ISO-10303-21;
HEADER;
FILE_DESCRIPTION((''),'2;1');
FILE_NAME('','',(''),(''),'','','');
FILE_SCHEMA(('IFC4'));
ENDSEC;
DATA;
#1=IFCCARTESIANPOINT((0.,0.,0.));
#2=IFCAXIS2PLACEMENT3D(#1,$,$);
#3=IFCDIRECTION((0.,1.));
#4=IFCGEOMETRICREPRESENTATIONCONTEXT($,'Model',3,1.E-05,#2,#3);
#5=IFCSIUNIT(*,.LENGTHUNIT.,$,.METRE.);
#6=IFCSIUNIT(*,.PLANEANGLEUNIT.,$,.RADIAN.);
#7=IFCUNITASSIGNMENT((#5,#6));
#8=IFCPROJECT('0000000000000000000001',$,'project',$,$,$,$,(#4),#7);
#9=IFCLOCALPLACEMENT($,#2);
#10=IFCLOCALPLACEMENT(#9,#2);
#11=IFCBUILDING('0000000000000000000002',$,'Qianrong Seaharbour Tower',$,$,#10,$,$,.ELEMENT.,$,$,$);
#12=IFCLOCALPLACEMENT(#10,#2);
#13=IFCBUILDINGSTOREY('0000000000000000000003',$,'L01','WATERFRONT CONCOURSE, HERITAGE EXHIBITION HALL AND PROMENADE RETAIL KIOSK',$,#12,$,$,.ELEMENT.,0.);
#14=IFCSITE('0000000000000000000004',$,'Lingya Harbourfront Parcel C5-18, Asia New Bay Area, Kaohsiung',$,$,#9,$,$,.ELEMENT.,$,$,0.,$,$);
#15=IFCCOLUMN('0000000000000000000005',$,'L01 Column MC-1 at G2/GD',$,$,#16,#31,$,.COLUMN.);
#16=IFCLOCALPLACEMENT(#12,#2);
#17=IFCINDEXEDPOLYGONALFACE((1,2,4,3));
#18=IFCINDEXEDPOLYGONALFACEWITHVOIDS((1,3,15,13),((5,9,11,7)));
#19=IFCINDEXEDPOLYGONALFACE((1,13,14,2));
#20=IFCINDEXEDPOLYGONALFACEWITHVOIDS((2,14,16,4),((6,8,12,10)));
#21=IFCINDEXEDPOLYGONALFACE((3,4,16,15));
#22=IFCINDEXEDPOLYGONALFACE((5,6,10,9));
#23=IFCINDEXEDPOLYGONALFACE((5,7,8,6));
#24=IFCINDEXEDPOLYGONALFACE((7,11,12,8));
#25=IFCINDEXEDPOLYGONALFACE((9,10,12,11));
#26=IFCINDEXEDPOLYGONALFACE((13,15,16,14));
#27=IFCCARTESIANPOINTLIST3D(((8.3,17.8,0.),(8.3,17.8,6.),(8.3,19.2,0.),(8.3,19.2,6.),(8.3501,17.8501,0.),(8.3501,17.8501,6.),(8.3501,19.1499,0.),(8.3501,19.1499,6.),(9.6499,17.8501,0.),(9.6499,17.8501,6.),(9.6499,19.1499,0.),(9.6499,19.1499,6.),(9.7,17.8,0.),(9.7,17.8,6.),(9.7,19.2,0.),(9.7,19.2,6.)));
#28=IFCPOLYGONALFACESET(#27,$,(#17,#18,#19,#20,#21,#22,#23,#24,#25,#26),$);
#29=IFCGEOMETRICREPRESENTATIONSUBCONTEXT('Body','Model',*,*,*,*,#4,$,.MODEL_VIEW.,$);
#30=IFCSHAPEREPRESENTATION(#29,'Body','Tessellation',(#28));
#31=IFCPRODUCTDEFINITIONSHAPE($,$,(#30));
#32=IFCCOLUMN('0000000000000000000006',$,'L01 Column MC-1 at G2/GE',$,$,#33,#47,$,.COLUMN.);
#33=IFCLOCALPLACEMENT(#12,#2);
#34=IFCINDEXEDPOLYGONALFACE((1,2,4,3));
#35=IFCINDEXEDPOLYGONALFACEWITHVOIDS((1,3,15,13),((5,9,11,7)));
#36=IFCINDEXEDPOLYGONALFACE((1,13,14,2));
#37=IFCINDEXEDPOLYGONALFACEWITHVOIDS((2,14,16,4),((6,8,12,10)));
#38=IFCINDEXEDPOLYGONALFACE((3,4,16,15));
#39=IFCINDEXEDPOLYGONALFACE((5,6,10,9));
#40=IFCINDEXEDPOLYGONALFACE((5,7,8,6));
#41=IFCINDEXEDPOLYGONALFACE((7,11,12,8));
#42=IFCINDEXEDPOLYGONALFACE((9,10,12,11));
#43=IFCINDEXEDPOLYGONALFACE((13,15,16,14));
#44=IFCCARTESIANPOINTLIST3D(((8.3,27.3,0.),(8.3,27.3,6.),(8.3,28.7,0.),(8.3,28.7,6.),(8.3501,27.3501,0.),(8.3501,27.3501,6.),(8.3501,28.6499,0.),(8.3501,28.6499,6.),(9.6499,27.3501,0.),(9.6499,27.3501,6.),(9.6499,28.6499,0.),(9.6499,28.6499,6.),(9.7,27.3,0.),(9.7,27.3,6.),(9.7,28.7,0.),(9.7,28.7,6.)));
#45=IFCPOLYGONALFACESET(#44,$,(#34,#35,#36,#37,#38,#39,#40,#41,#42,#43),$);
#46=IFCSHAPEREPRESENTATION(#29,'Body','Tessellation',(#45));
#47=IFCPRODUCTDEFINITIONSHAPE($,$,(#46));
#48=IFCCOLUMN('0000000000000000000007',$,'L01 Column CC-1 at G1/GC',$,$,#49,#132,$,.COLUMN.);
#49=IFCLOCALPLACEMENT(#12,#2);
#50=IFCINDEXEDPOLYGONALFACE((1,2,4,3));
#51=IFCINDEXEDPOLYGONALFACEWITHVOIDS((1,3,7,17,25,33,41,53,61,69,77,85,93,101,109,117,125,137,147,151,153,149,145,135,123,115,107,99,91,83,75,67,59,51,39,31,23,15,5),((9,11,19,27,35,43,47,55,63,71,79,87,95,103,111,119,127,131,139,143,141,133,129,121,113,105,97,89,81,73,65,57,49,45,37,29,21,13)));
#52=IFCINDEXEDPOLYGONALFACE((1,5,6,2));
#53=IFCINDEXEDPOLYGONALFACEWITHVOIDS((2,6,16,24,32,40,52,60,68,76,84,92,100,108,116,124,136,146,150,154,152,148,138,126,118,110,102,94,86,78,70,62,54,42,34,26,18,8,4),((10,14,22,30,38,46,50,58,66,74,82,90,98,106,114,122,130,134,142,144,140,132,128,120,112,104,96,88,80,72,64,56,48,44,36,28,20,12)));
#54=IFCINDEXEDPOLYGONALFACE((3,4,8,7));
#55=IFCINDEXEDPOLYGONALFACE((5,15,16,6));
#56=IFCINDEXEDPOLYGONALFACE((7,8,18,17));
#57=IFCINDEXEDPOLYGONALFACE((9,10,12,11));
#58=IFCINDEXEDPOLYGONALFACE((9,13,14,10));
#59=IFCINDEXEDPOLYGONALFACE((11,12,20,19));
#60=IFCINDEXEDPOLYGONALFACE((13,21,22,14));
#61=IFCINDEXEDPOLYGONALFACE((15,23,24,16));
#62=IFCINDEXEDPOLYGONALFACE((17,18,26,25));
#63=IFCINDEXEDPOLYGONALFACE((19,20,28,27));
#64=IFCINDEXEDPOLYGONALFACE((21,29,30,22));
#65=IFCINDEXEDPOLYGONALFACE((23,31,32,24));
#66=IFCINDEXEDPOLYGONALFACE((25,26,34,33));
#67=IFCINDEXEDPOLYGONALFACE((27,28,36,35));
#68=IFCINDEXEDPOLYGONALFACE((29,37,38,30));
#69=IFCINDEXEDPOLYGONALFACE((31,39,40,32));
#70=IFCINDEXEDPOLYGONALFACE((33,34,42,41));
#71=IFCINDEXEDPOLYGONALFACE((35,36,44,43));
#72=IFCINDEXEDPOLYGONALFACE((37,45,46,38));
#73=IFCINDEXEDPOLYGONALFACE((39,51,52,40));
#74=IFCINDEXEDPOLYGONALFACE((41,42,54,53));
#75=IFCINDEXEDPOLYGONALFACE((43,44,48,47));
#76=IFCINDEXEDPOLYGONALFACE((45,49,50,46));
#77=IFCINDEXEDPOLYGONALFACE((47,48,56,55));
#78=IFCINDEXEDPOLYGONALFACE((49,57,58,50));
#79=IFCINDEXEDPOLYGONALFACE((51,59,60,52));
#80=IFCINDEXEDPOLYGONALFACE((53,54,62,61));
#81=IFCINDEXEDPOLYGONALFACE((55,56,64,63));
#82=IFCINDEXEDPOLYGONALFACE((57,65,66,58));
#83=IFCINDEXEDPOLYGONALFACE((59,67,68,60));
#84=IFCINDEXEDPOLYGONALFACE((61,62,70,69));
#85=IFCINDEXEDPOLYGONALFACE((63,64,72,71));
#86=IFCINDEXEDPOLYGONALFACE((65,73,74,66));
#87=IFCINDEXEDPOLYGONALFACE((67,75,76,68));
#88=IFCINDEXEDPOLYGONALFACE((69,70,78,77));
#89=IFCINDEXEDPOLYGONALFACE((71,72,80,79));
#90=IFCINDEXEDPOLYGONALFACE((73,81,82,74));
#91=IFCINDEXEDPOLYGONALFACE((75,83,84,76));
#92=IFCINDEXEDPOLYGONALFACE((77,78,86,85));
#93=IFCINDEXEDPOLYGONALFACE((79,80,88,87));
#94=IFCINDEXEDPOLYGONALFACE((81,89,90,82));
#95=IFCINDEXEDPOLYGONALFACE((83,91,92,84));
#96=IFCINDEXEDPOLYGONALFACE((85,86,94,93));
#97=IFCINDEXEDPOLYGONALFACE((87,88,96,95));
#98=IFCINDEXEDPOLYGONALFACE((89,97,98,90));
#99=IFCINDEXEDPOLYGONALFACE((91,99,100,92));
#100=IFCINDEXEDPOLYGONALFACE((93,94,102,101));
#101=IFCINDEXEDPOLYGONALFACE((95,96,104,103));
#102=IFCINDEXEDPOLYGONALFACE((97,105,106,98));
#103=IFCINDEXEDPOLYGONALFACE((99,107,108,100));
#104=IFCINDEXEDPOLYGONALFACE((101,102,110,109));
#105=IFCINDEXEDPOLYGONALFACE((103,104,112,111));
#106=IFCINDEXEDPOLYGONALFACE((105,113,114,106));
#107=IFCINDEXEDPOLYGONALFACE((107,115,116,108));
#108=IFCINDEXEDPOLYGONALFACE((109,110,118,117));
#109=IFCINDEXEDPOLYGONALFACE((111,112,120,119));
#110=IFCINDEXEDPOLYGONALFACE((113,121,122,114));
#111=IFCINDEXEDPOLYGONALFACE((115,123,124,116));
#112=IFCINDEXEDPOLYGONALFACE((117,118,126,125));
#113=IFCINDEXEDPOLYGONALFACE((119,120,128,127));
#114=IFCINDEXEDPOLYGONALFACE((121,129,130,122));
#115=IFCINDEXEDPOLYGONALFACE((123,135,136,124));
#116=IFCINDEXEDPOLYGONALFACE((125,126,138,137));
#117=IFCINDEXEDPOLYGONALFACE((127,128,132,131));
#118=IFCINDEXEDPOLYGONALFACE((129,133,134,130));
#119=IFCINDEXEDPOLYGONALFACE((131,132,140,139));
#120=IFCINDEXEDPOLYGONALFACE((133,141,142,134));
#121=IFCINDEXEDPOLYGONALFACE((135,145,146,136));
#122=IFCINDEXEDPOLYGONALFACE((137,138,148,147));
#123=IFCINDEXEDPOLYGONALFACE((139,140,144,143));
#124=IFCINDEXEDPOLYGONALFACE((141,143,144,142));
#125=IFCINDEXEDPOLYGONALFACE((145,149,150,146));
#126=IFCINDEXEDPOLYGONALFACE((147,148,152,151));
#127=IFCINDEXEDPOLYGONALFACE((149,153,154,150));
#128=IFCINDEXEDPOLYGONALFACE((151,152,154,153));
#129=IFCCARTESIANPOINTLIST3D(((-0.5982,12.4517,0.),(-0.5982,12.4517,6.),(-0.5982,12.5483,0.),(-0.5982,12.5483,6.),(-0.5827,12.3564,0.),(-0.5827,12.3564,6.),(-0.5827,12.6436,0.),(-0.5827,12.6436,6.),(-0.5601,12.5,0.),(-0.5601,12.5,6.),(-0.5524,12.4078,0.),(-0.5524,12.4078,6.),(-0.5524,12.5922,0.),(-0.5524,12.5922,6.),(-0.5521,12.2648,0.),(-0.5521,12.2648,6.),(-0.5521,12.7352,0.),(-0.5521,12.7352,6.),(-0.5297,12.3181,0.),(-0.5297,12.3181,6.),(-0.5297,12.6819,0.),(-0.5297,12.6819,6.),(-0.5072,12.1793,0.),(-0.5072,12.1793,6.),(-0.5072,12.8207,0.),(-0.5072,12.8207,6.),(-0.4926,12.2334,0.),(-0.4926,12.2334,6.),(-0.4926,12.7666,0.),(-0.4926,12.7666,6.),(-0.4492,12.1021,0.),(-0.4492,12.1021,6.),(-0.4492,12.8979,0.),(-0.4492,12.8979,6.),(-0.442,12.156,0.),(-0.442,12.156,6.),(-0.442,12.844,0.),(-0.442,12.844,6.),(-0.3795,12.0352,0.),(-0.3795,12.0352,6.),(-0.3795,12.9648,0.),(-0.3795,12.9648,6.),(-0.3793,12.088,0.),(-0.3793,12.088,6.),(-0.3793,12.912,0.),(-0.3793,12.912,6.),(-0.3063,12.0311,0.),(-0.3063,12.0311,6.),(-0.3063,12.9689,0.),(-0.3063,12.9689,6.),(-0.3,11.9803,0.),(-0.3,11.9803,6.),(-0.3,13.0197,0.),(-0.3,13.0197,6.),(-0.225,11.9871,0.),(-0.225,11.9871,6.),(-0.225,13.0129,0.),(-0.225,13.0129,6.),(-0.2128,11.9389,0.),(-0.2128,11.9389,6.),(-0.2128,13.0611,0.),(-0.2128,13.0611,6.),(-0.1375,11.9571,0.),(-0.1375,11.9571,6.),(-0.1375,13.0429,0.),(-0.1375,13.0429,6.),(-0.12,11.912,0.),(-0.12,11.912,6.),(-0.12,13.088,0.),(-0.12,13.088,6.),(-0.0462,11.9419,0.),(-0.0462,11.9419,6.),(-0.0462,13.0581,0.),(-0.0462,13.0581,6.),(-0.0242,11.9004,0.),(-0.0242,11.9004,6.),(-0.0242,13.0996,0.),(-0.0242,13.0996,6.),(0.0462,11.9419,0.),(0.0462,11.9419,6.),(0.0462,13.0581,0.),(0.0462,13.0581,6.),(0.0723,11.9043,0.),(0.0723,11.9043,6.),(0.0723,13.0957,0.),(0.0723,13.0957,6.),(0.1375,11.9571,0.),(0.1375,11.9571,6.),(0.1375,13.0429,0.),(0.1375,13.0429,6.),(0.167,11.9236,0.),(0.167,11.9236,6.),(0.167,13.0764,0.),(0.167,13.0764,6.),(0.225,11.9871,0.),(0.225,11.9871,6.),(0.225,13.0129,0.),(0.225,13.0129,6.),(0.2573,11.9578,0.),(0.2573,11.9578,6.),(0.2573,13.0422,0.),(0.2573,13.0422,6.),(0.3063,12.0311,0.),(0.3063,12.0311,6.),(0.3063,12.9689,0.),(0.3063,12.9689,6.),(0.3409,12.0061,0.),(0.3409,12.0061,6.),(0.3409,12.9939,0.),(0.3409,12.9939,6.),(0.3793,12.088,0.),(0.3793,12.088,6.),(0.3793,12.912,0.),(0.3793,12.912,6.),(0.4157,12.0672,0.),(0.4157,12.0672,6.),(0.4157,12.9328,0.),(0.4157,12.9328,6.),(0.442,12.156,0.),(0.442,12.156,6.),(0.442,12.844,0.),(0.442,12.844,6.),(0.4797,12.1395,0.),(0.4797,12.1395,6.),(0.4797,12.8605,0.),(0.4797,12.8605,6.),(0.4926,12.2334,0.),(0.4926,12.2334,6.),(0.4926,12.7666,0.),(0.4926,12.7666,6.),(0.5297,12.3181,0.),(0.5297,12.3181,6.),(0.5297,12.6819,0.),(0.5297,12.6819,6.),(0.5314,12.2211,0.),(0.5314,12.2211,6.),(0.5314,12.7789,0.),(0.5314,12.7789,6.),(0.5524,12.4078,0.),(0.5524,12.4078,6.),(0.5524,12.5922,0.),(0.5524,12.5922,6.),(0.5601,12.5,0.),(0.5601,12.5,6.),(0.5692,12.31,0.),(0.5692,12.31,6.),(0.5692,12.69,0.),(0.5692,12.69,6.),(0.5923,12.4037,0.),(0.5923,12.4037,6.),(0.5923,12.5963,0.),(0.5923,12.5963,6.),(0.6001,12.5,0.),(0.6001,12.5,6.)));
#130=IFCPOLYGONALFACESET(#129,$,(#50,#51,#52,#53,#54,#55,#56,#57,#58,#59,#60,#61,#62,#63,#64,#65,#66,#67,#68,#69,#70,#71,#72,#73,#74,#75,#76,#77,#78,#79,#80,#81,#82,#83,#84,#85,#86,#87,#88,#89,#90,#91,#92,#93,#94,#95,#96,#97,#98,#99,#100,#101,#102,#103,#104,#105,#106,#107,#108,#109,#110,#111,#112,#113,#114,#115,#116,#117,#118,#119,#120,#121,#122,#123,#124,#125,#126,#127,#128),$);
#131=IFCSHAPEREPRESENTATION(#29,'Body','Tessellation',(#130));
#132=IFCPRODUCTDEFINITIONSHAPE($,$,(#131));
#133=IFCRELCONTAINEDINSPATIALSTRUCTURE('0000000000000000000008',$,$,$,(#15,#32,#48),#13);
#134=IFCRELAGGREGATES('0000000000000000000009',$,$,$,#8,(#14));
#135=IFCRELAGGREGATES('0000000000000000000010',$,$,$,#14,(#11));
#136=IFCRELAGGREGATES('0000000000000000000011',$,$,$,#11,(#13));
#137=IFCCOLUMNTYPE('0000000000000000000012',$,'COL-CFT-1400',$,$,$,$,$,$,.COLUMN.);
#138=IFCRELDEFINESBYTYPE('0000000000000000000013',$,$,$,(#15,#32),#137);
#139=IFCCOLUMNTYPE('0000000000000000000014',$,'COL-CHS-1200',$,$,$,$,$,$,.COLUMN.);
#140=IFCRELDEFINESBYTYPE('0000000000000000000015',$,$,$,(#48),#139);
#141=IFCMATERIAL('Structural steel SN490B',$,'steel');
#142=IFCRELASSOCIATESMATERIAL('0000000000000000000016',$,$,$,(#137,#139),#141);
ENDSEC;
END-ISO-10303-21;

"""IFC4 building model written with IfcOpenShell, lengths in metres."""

from ifc_helpers import new_model, si_unit, direction, frame, origin, origin_2d, place, context, subcontext, project, spatial, hollow_rectangle, hollow_circle, extrude, material, material_profile, profile_set, type_object, element, save


model = new_model("IFC4")

# Units and contexts
model_context = context("Model", 3, precision=1e-05, world=origin(), true_north=direction((0.0, 1.0)))
body_context = subcontext(model_context, "Body", "Model", "MODEL_VIEW")
ifc_project = project(units=[si_unit("LENGTHUNIT", "METRE"), si_unit("PLANEANGLEUNIT", "RADIAN")], contexts=[model_context])

# Site, building, storey
site_placement = place(None, origin())
site = spatial("IfcSite", under=ifc_project, at=site_placement, Name="Lingya Harbourfront Parcel C5-18, Asia New Bay Area, Kaohsiung", CompositionType="ELEMENT", RefElevation=0.0)
building_placement = place(site_placement, origin())
building = spatial("IfcBuilding", under=site, at=building_placement, Name="Qianrong Seaharbour Tower", CompositionType="ELEMENT")
storey_placement = place(building_placement, origin())
storey = spatial("IfcBuildingStorey", under=building, at=storey_placement, Name="L01", Description="WATERFRONT CONCOURSE, HERITAGE EXHIBITION HALL AND PROMENADE RETAIL KIOSK", CompositionType="ELEMENT", Elevation=0.0)

# Columns
ifc_material_1 = material(Name="Structural steel SN490B", Category="steel")
ifc_material_profile_1 = material_profile(ifc_material_1, hollow_rectangle(XDim=1.3999, YDim=1.3999, WallThickness=0.05, at=origin_2d()), Name="BOX1400x1400x50")
ifc_profile_set_1 = profile_set([ifc_material_profile_1], Name="Structural steel SN490B")
column_type_1 = type_object("IfcColumnType", Name="COL-CFT-1400", PredefinedType="COLUMN", material=ifc_profile_set_1)
for number, where, z_axis, x_axis, name in (
    (1, (9.0, 18.5, 0.0), (0.0, 0.0, 1.0), (1.0, 0.0, 0.0), "L01 Column MC-1 at G2/GD"),
    (2, (9.0, 28.0, 0.0), (0.0, 0.0, 1.0), (1.0, 0.0, 0.0), "L01 Column MC-1 at G2/GE"),
):
    element("IfcColumn", number, at=place(storey_placement, frame(where, z_axis=z_axis, x_axis=x_axis)), inside=storey, type_object=column_type_1, Name=name, PredefinedType="COLUMN", context=body_context, shape_type="SweptSolid", body=[
        extrude(hollow_rectangle(XDim=1.3999, YDim=1.3999, WallThickness=0.05, at=origin_2d()), origin(), (0.0, 0.0, 1.0), 6.0),
    ])
ifc_material_profile_2 = material_profile(ifc_material_1, hollow_circle(Radius=0.6001, WallThickness=0.04, at=origin_2d()), Name="CHS1200x40")
ifc_profile_set_2 = profile_set([ifc_material_profile_2], Name="Structural steel SN490B")
column_type_2 = type_object("IfcColumnType", Name="COL-CHS-1200", PredefinedType="COLUMN", material=ifc_profile_set_2)
for number, where, z_axis, x_axis, name in (
    (3, (0.0, 12.5, 0.0), (0.0, 0.0, 1.0), (1.0, 0.0, 0.0), "L01 Column CC-1 at G1/GC"),
):
    element("IfcColumn", number, at=place(storey_placement, frame(where, z_axis=z_axis, x_axis=x_axis)), inside=storey, type_object=column_type_2, Name=name, PredefinedType="COLUMN", context=body_context, shape_type="SweptSolid", body=[
        extrude(hollow_circle(Radius=0.6001, WallThickness=0.04, at=origin_2d()), origin(), (0.0, 0.0, 1.0), 6.0),
    ])

save(model, "model.ifc")
